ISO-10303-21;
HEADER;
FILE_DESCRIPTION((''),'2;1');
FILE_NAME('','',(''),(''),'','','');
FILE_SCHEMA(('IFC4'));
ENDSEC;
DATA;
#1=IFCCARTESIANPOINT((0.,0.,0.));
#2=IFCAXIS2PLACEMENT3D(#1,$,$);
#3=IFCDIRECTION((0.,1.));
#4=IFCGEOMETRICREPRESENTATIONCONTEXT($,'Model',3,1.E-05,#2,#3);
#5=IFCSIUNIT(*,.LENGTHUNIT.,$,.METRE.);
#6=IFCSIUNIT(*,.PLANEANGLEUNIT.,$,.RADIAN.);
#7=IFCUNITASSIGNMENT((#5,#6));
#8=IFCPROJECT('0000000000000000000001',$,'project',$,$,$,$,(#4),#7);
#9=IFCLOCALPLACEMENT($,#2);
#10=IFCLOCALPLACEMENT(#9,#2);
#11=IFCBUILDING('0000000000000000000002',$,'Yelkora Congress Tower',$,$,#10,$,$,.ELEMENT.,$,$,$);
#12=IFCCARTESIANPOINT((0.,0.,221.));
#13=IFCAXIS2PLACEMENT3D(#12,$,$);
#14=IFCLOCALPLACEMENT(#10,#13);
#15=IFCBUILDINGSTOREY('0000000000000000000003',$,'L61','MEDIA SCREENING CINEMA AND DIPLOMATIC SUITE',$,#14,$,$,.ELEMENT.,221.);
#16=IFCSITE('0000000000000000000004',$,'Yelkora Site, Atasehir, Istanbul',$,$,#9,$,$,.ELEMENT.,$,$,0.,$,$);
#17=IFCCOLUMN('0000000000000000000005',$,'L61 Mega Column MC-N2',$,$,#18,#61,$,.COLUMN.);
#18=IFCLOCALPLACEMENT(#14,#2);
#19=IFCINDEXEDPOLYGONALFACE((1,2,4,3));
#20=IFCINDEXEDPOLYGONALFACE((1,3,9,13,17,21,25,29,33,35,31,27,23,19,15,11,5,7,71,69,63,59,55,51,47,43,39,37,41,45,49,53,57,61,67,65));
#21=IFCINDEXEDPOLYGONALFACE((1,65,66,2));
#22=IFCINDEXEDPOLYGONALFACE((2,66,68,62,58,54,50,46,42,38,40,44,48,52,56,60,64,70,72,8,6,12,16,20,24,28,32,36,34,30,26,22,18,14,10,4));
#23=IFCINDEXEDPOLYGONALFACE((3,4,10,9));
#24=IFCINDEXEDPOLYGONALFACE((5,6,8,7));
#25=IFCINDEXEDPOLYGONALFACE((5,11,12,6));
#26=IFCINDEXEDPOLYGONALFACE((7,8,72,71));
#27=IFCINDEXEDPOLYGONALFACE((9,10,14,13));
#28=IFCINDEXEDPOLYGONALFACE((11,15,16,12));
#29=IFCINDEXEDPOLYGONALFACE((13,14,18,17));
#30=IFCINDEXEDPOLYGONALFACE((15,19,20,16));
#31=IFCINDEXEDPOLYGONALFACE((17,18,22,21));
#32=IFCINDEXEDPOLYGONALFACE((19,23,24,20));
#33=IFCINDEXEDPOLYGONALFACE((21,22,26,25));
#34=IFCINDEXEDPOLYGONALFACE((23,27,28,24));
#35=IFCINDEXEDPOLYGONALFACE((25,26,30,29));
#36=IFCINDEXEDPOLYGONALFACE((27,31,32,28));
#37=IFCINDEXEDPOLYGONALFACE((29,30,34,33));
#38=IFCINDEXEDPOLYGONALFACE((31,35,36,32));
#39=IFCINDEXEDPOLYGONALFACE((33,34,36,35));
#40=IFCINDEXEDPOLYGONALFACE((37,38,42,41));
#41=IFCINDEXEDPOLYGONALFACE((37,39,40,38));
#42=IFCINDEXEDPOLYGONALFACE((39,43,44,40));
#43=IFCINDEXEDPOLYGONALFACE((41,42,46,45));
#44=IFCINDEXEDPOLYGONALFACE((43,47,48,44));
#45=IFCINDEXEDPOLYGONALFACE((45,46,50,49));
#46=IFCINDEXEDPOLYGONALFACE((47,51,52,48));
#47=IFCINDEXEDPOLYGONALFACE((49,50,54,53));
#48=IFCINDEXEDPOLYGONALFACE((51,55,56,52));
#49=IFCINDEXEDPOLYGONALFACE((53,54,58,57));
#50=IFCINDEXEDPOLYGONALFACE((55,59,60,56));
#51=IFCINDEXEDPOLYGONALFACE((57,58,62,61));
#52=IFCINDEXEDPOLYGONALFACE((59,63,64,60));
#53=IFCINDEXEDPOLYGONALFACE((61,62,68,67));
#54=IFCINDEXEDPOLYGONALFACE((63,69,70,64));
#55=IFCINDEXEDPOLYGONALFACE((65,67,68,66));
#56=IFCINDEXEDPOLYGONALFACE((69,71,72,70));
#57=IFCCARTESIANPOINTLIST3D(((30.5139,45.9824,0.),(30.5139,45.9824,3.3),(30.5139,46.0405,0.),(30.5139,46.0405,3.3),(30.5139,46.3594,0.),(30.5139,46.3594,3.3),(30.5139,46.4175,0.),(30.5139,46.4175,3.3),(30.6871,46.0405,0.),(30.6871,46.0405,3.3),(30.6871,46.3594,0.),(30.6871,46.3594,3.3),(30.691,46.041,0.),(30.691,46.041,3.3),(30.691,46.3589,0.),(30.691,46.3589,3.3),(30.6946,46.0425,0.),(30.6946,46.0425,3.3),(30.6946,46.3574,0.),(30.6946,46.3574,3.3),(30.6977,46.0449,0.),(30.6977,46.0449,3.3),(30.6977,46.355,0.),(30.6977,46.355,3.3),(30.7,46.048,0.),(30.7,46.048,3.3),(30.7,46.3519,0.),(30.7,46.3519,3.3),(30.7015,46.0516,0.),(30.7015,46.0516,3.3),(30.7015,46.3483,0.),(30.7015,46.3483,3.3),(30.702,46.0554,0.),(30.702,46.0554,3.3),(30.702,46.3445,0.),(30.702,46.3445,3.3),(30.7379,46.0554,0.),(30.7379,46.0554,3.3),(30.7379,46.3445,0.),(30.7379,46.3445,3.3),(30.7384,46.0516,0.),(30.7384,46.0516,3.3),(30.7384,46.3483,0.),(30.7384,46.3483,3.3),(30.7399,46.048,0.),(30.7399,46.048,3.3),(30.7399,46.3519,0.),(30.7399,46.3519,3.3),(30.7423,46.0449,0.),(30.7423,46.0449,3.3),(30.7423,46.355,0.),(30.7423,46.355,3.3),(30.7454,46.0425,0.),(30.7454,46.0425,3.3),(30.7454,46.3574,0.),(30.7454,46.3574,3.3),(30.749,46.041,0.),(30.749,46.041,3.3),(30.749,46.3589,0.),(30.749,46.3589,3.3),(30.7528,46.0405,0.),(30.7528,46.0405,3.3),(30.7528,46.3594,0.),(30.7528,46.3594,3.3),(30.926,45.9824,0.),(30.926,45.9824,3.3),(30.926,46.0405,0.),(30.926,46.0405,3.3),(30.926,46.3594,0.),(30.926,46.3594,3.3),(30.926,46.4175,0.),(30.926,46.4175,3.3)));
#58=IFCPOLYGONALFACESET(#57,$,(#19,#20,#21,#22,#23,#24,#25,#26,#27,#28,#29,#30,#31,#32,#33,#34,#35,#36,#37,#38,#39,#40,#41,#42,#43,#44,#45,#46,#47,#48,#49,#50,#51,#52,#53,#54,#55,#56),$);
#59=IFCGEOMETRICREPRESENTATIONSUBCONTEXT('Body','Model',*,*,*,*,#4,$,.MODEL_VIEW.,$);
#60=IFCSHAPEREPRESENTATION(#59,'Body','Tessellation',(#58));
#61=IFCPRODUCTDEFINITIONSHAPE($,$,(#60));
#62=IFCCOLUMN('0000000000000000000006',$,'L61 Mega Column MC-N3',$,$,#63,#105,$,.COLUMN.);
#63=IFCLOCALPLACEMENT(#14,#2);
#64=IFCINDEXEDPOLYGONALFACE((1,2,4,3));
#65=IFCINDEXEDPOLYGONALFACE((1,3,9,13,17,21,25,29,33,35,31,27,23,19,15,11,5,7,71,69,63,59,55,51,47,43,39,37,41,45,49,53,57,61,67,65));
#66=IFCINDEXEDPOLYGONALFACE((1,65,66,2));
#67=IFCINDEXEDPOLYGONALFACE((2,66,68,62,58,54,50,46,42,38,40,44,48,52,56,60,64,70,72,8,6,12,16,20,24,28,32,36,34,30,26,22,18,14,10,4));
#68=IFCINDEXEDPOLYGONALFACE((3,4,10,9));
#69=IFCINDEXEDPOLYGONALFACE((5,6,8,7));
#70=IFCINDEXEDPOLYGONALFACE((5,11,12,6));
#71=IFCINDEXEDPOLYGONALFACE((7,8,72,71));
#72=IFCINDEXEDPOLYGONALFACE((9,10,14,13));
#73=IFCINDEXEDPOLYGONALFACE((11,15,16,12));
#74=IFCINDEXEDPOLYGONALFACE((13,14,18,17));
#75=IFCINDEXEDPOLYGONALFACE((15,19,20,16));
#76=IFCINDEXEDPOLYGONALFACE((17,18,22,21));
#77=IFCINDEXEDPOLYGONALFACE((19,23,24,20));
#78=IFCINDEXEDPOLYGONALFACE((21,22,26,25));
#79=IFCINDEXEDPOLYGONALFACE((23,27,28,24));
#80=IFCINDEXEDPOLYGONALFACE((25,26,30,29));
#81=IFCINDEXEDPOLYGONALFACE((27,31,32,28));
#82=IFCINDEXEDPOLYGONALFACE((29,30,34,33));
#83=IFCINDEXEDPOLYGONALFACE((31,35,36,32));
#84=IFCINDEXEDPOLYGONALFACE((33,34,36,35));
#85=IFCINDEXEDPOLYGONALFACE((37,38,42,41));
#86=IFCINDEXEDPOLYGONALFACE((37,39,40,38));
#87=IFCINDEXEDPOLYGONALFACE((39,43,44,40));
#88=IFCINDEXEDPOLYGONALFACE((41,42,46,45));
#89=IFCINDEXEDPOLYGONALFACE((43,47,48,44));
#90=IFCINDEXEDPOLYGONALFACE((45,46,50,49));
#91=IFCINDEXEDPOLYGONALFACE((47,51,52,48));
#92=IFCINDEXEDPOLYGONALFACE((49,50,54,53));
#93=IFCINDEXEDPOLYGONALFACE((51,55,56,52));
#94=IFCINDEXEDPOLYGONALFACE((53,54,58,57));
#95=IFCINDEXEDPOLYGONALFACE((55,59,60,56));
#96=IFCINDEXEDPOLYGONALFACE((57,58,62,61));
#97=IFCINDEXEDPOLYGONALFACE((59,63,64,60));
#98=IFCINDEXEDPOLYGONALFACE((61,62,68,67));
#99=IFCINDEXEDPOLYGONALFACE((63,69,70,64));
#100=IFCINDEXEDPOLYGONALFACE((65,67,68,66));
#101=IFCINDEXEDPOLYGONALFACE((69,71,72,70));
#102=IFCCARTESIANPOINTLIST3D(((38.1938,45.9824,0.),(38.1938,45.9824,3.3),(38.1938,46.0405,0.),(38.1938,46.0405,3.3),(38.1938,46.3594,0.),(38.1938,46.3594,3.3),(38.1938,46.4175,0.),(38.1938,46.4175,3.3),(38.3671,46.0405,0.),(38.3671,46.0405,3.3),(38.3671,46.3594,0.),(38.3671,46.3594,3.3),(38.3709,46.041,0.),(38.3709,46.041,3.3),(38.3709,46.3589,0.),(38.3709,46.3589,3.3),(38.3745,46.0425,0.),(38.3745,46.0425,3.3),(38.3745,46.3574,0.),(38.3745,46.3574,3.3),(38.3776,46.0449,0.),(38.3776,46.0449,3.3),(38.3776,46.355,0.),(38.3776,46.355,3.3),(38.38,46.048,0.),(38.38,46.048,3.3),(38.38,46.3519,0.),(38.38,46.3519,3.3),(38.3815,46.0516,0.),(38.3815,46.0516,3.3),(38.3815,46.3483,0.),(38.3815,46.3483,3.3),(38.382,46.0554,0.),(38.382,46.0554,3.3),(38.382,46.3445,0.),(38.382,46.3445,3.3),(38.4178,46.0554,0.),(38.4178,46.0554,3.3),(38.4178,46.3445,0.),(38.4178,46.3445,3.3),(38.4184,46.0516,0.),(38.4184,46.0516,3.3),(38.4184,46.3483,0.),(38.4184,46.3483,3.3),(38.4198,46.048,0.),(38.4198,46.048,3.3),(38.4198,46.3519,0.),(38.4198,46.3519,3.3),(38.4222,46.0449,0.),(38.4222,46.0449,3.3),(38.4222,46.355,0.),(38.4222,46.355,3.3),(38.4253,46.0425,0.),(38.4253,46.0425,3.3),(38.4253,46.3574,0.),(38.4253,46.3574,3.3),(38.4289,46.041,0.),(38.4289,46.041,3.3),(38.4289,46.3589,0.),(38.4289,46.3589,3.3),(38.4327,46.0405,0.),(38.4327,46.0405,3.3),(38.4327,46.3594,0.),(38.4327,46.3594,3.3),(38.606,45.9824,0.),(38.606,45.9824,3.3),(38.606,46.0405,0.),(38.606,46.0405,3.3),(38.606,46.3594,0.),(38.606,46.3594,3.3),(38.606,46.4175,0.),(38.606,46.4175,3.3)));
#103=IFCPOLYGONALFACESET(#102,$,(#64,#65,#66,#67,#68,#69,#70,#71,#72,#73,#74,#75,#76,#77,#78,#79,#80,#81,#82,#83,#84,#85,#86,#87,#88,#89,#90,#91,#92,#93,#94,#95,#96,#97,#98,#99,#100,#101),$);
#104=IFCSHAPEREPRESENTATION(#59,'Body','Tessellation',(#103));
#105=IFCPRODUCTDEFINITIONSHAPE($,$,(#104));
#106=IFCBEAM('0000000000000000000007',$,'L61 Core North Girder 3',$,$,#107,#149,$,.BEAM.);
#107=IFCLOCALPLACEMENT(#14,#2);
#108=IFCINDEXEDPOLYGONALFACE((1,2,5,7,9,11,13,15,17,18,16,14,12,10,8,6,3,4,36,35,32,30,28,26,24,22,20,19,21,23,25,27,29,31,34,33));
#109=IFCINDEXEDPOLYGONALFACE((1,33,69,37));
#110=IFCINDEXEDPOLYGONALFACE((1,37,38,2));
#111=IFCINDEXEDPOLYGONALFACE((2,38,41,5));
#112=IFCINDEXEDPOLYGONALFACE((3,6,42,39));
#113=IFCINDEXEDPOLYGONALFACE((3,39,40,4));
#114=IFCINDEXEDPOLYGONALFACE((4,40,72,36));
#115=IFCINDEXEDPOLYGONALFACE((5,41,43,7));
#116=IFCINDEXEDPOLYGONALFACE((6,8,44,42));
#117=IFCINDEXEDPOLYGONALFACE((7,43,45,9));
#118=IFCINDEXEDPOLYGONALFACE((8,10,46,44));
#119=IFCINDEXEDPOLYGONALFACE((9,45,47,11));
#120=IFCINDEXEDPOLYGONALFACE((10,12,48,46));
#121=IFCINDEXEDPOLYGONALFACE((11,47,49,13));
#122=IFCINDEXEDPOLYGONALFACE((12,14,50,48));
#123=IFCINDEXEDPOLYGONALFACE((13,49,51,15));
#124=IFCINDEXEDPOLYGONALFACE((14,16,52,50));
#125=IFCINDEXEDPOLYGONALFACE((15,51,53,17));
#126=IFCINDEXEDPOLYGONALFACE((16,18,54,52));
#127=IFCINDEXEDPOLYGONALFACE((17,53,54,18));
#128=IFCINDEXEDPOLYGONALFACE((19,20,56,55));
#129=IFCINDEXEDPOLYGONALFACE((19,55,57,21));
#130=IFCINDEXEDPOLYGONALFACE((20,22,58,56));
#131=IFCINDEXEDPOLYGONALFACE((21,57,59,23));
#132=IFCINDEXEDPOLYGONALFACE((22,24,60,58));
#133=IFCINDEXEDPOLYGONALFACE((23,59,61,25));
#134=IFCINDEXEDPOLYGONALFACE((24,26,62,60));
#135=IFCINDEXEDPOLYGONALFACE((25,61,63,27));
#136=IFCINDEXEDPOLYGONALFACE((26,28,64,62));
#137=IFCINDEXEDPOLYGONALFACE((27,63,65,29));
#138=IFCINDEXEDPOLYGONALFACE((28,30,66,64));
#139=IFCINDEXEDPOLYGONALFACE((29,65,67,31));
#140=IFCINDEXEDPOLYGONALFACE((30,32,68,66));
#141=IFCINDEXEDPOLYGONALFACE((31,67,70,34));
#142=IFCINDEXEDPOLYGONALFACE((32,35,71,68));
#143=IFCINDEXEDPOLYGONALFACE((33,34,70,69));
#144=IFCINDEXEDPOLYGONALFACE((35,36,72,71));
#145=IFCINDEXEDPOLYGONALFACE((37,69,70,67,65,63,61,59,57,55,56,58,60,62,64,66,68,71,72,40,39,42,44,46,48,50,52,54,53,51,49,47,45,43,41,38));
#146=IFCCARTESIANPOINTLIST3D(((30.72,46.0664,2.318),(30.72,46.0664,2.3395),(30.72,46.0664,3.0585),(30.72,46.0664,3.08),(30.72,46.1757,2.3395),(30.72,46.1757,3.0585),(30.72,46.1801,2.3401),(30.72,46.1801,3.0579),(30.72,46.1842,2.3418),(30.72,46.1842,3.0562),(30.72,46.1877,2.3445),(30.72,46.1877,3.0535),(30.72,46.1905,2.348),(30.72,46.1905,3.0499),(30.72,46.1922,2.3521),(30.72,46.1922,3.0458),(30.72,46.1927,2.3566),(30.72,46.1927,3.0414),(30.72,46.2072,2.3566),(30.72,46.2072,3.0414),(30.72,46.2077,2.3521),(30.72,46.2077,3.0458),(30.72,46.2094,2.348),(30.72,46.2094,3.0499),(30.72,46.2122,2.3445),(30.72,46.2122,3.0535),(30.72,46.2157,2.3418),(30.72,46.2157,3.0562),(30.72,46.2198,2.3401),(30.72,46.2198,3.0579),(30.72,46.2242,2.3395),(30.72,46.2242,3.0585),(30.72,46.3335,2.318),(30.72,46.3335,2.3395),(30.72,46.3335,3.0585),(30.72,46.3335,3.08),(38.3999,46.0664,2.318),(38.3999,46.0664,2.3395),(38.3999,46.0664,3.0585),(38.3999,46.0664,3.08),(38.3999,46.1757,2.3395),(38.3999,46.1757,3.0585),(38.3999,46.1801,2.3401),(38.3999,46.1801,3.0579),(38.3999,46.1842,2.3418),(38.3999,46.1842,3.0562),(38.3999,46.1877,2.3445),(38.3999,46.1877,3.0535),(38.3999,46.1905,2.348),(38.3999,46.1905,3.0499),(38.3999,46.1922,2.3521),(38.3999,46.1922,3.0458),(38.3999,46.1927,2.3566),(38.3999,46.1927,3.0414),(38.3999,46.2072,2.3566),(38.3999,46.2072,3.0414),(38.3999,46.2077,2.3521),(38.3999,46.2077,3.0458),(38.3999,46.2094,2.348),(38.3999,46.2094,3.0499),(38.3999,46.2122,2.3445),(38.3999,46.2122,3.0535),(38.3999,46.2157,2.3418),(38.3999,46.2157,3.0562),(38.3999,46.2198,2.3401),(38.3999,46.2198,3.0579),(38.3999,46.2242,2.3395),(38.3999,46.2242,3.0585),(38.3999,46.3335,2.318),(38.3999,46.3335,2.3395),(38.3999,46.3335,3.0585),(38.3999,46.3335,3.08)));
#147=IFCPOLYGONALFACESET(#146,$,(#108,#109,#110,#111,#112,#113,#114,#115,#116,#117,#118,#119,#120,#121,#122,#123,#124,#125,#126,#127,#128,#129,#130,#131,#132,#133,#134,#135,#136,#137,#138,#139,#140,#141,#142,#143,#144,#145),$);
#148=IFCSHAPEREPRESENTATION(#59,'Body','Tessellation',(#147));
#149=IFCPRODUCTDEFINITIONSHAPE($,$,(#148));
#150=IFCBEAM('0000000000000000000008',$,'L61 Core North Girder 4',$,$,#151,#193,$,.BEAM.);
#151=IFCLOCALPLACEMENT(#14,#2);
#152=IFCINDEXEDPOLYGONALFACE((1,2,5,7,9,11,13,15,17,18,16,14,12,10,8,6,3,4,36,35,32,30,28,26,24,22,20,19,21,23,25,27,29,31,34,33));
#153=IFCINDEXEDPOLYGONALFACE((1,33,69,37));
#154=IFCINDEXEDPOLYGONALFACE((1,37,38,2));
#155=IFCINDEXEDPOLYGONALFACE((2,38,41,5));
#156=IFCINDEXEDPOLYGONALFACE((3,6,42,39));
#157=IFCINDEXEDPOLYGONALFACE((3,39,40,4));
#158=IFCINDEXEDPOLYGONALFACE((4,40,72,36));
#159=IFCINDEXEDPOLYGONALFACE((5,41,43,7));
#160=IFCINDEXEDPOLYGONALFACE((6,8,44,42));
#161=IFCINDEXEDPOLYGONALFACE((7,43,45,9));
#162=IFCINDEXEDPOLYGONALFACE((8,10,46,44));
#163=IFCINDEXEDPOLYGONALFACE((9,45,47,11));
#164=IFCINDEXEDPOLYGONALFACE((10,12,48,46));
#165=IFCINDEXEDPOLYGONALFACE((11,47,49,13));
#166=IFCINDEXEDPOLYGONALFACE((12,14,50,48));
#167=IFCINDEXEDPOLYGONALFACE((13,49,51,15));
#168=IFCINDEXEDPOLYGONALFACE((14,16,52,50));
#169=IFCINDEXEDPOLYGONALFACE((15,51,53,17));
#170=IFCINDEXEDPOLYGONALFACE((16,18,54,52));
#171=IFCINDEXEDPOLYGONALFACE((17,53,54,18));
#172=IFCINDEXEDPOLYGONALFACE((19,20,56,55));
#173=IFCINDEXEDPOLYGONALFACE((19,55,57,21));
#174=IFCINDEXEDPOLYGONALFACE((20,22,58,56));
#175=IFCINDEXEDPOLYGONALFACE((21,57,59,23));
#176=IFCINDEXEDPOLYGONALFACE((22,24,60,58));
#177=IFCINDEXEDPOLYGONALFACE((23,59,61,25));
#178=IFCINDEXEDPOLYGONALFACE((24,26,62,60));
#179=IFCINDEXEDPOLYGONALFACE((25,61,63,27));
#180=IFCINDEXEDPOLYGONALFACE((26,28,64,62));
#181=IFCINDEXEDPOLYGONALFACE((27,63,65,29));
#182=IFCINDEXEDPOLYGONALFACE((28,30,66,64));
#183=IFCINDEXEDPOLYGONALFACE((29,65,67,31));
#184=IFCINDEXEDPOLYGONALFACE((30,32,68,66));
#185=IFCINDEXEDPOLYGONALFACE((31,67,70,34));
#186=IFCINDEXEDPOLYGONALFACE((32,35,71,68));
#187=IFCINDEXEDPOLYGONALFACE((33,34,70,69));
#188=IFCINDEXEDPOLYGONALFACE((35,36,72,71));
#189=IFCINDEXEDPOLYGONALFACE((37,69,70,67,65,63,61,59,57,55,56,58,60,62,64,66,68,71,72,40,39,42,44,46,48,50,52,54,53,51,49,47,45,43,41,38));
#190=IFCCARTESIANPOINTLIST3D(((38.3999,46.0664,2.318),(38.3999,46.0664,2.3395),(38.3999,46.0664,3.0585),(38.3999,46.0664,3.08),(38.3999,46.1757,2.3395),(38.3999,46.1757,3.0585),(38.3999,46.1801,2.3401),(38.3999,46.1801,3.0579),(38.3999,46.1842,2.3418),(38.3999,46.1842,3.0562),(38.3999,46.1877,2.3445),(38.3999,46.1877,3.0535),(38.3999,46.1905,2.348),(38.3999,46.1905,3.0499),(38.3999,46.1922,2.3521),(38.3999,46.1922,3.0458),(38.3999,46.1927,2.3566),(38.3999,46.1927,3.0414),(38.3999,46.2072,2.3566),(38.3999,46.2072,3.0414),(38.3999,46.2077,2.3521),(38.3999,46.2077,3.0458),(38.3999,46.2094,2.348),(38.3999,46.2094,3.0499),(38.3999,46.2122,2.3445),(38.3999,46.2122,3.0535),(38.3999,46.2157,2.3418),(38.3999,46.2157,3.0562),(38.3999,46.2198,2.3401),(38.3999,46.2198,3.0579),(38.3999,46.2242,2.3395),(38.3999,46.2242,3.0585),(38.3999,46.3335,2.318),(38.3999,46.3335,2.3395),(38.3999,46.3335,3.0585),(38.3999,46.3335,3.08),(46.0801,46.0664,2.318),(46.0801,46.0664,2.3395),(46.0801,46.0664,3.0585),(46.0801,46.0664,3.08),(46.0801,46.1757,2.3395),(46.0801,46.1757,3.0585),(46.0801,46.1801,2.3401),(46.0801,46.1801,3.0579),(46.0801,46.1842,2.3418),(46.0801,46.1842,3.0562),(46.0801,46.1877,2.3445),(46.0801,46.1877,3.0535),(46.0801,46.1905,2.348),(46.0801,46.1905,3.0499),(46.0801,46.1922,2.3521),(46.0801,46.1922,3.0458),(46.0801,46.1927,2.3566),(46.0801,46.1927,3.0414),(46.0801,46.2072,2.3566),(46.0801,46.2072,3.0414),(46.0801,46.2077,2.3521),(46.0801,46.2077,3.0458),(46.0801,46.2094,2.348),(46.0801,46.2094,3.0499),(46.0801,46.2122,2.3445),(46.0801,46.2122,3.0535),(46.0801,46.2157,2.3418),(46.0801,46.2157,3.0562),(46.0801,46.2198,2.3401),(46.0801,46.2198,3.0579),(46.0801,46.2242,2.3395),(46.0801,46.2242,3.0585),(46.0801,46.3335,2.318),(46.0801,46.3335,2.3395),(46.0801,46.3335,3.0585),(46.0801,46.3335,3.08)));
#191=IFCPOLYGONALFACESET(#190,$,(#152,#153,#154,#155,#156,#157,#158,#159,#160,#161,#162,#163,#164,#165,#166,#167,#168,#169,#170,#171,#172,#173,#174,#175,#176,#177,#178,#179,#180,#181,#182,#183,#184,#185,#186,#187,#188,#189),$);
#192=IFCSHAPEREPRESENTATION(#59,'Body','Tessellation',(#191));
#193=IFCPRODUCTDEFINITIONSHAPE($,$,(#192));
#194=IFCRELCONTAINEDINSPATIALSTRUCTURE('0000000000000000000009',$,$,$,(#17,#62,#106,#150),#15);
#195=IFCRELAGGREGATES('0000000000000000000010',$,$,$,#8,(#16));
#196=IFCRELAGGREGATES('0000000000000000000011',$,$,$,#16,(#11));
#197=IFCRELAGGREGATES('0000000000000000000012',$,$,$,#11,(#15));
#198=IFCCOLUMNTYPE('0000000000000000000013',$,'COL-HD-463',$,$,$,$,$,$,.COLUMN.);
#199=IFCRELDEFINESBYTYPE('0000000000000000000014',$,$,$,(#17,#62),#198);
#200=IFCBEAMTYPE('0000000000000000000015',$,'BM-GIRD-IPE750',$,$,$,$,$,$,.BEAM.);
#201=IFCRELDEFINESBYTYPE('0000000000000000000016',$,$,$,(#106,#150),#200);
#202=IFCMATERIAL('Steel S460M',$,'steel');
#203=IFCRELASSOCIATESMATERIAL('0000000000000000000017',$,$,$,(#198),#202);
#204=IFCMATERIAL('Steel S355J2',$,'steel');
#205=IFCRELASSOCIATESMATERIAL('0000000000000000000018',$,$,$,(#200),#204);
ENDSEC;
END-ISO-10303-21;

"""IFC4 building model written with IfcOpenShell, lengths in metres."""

from ifc_helpers import new_model, si_unit, direction, frame, origin, origin_2d, place, context, subcontext, project, spatial, i_section, extrude, material, material_profile, profile_set, type_object, element, save


model = new_model("IFC4")

# Units and contexts
model_context = context("Model", 3, precision=1e-05, world=origin(), true_north=direction((0.0, 1.0)))
body_context = subcontext(model_context, "Body", "Model", "MODEL_VIEW")
ifc_project = project(units=[si_unit("LENGTHUNIT", "METRE"), si_unit("PLANEANGLEUNIT", "RADIAN")], contexts=[model_context])

# Site, building, storey
site_placement = place(None, origin())
site = spatial("IfcSite", under=ifc_project, at=site_placement, Name="Yelkora Site, Atasehir, Istanbul", CompositionType="ELEMENT", RefElevation=0.0)
building_placement = place(site_placement, origin())
building = spatial("IfcBuilding", under=site, at=building_placement, Name="Yelkora Congress Tower", CompositionType="ELEMENT")
storey_placement = place(building_placement, frame((0.0, 0.0, 221.0)))
storey = spatial("IfcBuildingStorey", under=building, at=storey_placement, Name="L61", Description="MEDIA SCREENING CINEMA AND DIPLOMATIC SUITE", CompositionType="ELEMENT", Elevation=221.0)

# Columns
ifc_material_1 = material(Name="Steel S460M", Category="steel")
ifc_material_profile_1 = material_profile(ifc_material_1, i_section(OverallWidth=0.4121, OverallDepth=0.4351, WebThickness=0.0359, FlangeThickness=0.0581, FilletRadius=0.0149, at=origin_2d()), Name="HD 400x463")
ifc_profile_set_1 = profile_set([ifc_material_profile_1], Name="Steel S460M")
column_type = type_object("IfcColumnType", Name="COL-HD-463", PredefinedType="COLUMN", material=ifc_profile_set_1)
for number, where, z_axis, x_axis, name in (
    (1, (30.72, 46.2, 0.0), (0.0, 0.0, 1.0), (1.0, 0.0, 0.0), "L61 Mega Column MC-N2"),
    (2, (38.3999, 46.2, 0.0), (0.0, 0.0, 1.0), (1.0, 0.0, 0.0), "L61 Mega Column MC-N3"),
):
    element("IfcColumn", number, at=place(storey_placement, frame(where, z_axis=z_axis, x_axis=x_axis)), inside=storey, type_object=column_type, Name=name, PredefinedType="COLUMN", context=body_context, shape_type="SweptSolid", body=[
        extrude(i_section(OverallWidth=0.4121, OverallDepth=0.4351, WebThickness=0.0359, FlangeThickness=0.0581, FilletRadius=0.0149, at=origin_2d()), origin(), (0.0, 0.0, 1.0), 3.3),
    ])

# Beams
ifc_material_2 = material(Name="Steel S355J2", Category="steel")
ifc_material_profile_2 = material_profile(ifc_material_2, i_section(OverallWidth=0.2671, OverallDepth=0.762, WebThickness=0.0144, FlangeThickness=0.0215, FilletRadius=0.0171, at=origin_2d()), Name="IPE 750x173")
ifc_profile_set_2 = profile_set([ifc_material_profile_2], Name="Steel S355J2")
beam_type = type_object("IfcBeamType", Name="BM-GIRD-IPE750", PredefinedType="BEAM", material=ifc_profile_set_2)
beam_1_placement = place(storey_placement, frame((30.72, 46.2, 2.699), z_axis=(1.0, 0.0, 0.0), x_axis=(0.0, 1.0, 0.0)))
element("IfcBeam", 3, at=beam_1_placement, inside=storey, type_object=beam_type, Name="L61 Core North Girder 3", PredefinedType="BEAM", context=body_context, shape_type="SweptSolid", body=[
    extrude(i_section(OverallWidth=0.2671, OverallDepth=0.762, WebThickness=0.0144, FlangeThickness=0.0215, FilletRadius=0.0171, at=origin_2d()), origin(), (0.0, 0.0, 1.0), 7.6799),
])
beam_2_placement = place(storey_placement, frame((38.3999, 46.2, 2.699), z_axis=(1.0, 0.0, 0.0), x_axis=(0.0, 1.0, 0.0)))
element("IfcBeam", 4, at=beam_2_placement, inside=storey, type_object=beam_type, Name="L61 Core North Girder 4", PredefinedType="BEAM", context=body_context, shape_type="SweptSolid", body=[
    extrude(i_section(OverallWidth=0.2671, OverallDepth=0.762, WebThickness=0.0144, FlangeThickness=0.0215, FilletRadius=0.0171, at=origin_2d()), origin(), (0.0, 0.0, 1.0), 7.6802),
])

save(model, "model.ifc")
